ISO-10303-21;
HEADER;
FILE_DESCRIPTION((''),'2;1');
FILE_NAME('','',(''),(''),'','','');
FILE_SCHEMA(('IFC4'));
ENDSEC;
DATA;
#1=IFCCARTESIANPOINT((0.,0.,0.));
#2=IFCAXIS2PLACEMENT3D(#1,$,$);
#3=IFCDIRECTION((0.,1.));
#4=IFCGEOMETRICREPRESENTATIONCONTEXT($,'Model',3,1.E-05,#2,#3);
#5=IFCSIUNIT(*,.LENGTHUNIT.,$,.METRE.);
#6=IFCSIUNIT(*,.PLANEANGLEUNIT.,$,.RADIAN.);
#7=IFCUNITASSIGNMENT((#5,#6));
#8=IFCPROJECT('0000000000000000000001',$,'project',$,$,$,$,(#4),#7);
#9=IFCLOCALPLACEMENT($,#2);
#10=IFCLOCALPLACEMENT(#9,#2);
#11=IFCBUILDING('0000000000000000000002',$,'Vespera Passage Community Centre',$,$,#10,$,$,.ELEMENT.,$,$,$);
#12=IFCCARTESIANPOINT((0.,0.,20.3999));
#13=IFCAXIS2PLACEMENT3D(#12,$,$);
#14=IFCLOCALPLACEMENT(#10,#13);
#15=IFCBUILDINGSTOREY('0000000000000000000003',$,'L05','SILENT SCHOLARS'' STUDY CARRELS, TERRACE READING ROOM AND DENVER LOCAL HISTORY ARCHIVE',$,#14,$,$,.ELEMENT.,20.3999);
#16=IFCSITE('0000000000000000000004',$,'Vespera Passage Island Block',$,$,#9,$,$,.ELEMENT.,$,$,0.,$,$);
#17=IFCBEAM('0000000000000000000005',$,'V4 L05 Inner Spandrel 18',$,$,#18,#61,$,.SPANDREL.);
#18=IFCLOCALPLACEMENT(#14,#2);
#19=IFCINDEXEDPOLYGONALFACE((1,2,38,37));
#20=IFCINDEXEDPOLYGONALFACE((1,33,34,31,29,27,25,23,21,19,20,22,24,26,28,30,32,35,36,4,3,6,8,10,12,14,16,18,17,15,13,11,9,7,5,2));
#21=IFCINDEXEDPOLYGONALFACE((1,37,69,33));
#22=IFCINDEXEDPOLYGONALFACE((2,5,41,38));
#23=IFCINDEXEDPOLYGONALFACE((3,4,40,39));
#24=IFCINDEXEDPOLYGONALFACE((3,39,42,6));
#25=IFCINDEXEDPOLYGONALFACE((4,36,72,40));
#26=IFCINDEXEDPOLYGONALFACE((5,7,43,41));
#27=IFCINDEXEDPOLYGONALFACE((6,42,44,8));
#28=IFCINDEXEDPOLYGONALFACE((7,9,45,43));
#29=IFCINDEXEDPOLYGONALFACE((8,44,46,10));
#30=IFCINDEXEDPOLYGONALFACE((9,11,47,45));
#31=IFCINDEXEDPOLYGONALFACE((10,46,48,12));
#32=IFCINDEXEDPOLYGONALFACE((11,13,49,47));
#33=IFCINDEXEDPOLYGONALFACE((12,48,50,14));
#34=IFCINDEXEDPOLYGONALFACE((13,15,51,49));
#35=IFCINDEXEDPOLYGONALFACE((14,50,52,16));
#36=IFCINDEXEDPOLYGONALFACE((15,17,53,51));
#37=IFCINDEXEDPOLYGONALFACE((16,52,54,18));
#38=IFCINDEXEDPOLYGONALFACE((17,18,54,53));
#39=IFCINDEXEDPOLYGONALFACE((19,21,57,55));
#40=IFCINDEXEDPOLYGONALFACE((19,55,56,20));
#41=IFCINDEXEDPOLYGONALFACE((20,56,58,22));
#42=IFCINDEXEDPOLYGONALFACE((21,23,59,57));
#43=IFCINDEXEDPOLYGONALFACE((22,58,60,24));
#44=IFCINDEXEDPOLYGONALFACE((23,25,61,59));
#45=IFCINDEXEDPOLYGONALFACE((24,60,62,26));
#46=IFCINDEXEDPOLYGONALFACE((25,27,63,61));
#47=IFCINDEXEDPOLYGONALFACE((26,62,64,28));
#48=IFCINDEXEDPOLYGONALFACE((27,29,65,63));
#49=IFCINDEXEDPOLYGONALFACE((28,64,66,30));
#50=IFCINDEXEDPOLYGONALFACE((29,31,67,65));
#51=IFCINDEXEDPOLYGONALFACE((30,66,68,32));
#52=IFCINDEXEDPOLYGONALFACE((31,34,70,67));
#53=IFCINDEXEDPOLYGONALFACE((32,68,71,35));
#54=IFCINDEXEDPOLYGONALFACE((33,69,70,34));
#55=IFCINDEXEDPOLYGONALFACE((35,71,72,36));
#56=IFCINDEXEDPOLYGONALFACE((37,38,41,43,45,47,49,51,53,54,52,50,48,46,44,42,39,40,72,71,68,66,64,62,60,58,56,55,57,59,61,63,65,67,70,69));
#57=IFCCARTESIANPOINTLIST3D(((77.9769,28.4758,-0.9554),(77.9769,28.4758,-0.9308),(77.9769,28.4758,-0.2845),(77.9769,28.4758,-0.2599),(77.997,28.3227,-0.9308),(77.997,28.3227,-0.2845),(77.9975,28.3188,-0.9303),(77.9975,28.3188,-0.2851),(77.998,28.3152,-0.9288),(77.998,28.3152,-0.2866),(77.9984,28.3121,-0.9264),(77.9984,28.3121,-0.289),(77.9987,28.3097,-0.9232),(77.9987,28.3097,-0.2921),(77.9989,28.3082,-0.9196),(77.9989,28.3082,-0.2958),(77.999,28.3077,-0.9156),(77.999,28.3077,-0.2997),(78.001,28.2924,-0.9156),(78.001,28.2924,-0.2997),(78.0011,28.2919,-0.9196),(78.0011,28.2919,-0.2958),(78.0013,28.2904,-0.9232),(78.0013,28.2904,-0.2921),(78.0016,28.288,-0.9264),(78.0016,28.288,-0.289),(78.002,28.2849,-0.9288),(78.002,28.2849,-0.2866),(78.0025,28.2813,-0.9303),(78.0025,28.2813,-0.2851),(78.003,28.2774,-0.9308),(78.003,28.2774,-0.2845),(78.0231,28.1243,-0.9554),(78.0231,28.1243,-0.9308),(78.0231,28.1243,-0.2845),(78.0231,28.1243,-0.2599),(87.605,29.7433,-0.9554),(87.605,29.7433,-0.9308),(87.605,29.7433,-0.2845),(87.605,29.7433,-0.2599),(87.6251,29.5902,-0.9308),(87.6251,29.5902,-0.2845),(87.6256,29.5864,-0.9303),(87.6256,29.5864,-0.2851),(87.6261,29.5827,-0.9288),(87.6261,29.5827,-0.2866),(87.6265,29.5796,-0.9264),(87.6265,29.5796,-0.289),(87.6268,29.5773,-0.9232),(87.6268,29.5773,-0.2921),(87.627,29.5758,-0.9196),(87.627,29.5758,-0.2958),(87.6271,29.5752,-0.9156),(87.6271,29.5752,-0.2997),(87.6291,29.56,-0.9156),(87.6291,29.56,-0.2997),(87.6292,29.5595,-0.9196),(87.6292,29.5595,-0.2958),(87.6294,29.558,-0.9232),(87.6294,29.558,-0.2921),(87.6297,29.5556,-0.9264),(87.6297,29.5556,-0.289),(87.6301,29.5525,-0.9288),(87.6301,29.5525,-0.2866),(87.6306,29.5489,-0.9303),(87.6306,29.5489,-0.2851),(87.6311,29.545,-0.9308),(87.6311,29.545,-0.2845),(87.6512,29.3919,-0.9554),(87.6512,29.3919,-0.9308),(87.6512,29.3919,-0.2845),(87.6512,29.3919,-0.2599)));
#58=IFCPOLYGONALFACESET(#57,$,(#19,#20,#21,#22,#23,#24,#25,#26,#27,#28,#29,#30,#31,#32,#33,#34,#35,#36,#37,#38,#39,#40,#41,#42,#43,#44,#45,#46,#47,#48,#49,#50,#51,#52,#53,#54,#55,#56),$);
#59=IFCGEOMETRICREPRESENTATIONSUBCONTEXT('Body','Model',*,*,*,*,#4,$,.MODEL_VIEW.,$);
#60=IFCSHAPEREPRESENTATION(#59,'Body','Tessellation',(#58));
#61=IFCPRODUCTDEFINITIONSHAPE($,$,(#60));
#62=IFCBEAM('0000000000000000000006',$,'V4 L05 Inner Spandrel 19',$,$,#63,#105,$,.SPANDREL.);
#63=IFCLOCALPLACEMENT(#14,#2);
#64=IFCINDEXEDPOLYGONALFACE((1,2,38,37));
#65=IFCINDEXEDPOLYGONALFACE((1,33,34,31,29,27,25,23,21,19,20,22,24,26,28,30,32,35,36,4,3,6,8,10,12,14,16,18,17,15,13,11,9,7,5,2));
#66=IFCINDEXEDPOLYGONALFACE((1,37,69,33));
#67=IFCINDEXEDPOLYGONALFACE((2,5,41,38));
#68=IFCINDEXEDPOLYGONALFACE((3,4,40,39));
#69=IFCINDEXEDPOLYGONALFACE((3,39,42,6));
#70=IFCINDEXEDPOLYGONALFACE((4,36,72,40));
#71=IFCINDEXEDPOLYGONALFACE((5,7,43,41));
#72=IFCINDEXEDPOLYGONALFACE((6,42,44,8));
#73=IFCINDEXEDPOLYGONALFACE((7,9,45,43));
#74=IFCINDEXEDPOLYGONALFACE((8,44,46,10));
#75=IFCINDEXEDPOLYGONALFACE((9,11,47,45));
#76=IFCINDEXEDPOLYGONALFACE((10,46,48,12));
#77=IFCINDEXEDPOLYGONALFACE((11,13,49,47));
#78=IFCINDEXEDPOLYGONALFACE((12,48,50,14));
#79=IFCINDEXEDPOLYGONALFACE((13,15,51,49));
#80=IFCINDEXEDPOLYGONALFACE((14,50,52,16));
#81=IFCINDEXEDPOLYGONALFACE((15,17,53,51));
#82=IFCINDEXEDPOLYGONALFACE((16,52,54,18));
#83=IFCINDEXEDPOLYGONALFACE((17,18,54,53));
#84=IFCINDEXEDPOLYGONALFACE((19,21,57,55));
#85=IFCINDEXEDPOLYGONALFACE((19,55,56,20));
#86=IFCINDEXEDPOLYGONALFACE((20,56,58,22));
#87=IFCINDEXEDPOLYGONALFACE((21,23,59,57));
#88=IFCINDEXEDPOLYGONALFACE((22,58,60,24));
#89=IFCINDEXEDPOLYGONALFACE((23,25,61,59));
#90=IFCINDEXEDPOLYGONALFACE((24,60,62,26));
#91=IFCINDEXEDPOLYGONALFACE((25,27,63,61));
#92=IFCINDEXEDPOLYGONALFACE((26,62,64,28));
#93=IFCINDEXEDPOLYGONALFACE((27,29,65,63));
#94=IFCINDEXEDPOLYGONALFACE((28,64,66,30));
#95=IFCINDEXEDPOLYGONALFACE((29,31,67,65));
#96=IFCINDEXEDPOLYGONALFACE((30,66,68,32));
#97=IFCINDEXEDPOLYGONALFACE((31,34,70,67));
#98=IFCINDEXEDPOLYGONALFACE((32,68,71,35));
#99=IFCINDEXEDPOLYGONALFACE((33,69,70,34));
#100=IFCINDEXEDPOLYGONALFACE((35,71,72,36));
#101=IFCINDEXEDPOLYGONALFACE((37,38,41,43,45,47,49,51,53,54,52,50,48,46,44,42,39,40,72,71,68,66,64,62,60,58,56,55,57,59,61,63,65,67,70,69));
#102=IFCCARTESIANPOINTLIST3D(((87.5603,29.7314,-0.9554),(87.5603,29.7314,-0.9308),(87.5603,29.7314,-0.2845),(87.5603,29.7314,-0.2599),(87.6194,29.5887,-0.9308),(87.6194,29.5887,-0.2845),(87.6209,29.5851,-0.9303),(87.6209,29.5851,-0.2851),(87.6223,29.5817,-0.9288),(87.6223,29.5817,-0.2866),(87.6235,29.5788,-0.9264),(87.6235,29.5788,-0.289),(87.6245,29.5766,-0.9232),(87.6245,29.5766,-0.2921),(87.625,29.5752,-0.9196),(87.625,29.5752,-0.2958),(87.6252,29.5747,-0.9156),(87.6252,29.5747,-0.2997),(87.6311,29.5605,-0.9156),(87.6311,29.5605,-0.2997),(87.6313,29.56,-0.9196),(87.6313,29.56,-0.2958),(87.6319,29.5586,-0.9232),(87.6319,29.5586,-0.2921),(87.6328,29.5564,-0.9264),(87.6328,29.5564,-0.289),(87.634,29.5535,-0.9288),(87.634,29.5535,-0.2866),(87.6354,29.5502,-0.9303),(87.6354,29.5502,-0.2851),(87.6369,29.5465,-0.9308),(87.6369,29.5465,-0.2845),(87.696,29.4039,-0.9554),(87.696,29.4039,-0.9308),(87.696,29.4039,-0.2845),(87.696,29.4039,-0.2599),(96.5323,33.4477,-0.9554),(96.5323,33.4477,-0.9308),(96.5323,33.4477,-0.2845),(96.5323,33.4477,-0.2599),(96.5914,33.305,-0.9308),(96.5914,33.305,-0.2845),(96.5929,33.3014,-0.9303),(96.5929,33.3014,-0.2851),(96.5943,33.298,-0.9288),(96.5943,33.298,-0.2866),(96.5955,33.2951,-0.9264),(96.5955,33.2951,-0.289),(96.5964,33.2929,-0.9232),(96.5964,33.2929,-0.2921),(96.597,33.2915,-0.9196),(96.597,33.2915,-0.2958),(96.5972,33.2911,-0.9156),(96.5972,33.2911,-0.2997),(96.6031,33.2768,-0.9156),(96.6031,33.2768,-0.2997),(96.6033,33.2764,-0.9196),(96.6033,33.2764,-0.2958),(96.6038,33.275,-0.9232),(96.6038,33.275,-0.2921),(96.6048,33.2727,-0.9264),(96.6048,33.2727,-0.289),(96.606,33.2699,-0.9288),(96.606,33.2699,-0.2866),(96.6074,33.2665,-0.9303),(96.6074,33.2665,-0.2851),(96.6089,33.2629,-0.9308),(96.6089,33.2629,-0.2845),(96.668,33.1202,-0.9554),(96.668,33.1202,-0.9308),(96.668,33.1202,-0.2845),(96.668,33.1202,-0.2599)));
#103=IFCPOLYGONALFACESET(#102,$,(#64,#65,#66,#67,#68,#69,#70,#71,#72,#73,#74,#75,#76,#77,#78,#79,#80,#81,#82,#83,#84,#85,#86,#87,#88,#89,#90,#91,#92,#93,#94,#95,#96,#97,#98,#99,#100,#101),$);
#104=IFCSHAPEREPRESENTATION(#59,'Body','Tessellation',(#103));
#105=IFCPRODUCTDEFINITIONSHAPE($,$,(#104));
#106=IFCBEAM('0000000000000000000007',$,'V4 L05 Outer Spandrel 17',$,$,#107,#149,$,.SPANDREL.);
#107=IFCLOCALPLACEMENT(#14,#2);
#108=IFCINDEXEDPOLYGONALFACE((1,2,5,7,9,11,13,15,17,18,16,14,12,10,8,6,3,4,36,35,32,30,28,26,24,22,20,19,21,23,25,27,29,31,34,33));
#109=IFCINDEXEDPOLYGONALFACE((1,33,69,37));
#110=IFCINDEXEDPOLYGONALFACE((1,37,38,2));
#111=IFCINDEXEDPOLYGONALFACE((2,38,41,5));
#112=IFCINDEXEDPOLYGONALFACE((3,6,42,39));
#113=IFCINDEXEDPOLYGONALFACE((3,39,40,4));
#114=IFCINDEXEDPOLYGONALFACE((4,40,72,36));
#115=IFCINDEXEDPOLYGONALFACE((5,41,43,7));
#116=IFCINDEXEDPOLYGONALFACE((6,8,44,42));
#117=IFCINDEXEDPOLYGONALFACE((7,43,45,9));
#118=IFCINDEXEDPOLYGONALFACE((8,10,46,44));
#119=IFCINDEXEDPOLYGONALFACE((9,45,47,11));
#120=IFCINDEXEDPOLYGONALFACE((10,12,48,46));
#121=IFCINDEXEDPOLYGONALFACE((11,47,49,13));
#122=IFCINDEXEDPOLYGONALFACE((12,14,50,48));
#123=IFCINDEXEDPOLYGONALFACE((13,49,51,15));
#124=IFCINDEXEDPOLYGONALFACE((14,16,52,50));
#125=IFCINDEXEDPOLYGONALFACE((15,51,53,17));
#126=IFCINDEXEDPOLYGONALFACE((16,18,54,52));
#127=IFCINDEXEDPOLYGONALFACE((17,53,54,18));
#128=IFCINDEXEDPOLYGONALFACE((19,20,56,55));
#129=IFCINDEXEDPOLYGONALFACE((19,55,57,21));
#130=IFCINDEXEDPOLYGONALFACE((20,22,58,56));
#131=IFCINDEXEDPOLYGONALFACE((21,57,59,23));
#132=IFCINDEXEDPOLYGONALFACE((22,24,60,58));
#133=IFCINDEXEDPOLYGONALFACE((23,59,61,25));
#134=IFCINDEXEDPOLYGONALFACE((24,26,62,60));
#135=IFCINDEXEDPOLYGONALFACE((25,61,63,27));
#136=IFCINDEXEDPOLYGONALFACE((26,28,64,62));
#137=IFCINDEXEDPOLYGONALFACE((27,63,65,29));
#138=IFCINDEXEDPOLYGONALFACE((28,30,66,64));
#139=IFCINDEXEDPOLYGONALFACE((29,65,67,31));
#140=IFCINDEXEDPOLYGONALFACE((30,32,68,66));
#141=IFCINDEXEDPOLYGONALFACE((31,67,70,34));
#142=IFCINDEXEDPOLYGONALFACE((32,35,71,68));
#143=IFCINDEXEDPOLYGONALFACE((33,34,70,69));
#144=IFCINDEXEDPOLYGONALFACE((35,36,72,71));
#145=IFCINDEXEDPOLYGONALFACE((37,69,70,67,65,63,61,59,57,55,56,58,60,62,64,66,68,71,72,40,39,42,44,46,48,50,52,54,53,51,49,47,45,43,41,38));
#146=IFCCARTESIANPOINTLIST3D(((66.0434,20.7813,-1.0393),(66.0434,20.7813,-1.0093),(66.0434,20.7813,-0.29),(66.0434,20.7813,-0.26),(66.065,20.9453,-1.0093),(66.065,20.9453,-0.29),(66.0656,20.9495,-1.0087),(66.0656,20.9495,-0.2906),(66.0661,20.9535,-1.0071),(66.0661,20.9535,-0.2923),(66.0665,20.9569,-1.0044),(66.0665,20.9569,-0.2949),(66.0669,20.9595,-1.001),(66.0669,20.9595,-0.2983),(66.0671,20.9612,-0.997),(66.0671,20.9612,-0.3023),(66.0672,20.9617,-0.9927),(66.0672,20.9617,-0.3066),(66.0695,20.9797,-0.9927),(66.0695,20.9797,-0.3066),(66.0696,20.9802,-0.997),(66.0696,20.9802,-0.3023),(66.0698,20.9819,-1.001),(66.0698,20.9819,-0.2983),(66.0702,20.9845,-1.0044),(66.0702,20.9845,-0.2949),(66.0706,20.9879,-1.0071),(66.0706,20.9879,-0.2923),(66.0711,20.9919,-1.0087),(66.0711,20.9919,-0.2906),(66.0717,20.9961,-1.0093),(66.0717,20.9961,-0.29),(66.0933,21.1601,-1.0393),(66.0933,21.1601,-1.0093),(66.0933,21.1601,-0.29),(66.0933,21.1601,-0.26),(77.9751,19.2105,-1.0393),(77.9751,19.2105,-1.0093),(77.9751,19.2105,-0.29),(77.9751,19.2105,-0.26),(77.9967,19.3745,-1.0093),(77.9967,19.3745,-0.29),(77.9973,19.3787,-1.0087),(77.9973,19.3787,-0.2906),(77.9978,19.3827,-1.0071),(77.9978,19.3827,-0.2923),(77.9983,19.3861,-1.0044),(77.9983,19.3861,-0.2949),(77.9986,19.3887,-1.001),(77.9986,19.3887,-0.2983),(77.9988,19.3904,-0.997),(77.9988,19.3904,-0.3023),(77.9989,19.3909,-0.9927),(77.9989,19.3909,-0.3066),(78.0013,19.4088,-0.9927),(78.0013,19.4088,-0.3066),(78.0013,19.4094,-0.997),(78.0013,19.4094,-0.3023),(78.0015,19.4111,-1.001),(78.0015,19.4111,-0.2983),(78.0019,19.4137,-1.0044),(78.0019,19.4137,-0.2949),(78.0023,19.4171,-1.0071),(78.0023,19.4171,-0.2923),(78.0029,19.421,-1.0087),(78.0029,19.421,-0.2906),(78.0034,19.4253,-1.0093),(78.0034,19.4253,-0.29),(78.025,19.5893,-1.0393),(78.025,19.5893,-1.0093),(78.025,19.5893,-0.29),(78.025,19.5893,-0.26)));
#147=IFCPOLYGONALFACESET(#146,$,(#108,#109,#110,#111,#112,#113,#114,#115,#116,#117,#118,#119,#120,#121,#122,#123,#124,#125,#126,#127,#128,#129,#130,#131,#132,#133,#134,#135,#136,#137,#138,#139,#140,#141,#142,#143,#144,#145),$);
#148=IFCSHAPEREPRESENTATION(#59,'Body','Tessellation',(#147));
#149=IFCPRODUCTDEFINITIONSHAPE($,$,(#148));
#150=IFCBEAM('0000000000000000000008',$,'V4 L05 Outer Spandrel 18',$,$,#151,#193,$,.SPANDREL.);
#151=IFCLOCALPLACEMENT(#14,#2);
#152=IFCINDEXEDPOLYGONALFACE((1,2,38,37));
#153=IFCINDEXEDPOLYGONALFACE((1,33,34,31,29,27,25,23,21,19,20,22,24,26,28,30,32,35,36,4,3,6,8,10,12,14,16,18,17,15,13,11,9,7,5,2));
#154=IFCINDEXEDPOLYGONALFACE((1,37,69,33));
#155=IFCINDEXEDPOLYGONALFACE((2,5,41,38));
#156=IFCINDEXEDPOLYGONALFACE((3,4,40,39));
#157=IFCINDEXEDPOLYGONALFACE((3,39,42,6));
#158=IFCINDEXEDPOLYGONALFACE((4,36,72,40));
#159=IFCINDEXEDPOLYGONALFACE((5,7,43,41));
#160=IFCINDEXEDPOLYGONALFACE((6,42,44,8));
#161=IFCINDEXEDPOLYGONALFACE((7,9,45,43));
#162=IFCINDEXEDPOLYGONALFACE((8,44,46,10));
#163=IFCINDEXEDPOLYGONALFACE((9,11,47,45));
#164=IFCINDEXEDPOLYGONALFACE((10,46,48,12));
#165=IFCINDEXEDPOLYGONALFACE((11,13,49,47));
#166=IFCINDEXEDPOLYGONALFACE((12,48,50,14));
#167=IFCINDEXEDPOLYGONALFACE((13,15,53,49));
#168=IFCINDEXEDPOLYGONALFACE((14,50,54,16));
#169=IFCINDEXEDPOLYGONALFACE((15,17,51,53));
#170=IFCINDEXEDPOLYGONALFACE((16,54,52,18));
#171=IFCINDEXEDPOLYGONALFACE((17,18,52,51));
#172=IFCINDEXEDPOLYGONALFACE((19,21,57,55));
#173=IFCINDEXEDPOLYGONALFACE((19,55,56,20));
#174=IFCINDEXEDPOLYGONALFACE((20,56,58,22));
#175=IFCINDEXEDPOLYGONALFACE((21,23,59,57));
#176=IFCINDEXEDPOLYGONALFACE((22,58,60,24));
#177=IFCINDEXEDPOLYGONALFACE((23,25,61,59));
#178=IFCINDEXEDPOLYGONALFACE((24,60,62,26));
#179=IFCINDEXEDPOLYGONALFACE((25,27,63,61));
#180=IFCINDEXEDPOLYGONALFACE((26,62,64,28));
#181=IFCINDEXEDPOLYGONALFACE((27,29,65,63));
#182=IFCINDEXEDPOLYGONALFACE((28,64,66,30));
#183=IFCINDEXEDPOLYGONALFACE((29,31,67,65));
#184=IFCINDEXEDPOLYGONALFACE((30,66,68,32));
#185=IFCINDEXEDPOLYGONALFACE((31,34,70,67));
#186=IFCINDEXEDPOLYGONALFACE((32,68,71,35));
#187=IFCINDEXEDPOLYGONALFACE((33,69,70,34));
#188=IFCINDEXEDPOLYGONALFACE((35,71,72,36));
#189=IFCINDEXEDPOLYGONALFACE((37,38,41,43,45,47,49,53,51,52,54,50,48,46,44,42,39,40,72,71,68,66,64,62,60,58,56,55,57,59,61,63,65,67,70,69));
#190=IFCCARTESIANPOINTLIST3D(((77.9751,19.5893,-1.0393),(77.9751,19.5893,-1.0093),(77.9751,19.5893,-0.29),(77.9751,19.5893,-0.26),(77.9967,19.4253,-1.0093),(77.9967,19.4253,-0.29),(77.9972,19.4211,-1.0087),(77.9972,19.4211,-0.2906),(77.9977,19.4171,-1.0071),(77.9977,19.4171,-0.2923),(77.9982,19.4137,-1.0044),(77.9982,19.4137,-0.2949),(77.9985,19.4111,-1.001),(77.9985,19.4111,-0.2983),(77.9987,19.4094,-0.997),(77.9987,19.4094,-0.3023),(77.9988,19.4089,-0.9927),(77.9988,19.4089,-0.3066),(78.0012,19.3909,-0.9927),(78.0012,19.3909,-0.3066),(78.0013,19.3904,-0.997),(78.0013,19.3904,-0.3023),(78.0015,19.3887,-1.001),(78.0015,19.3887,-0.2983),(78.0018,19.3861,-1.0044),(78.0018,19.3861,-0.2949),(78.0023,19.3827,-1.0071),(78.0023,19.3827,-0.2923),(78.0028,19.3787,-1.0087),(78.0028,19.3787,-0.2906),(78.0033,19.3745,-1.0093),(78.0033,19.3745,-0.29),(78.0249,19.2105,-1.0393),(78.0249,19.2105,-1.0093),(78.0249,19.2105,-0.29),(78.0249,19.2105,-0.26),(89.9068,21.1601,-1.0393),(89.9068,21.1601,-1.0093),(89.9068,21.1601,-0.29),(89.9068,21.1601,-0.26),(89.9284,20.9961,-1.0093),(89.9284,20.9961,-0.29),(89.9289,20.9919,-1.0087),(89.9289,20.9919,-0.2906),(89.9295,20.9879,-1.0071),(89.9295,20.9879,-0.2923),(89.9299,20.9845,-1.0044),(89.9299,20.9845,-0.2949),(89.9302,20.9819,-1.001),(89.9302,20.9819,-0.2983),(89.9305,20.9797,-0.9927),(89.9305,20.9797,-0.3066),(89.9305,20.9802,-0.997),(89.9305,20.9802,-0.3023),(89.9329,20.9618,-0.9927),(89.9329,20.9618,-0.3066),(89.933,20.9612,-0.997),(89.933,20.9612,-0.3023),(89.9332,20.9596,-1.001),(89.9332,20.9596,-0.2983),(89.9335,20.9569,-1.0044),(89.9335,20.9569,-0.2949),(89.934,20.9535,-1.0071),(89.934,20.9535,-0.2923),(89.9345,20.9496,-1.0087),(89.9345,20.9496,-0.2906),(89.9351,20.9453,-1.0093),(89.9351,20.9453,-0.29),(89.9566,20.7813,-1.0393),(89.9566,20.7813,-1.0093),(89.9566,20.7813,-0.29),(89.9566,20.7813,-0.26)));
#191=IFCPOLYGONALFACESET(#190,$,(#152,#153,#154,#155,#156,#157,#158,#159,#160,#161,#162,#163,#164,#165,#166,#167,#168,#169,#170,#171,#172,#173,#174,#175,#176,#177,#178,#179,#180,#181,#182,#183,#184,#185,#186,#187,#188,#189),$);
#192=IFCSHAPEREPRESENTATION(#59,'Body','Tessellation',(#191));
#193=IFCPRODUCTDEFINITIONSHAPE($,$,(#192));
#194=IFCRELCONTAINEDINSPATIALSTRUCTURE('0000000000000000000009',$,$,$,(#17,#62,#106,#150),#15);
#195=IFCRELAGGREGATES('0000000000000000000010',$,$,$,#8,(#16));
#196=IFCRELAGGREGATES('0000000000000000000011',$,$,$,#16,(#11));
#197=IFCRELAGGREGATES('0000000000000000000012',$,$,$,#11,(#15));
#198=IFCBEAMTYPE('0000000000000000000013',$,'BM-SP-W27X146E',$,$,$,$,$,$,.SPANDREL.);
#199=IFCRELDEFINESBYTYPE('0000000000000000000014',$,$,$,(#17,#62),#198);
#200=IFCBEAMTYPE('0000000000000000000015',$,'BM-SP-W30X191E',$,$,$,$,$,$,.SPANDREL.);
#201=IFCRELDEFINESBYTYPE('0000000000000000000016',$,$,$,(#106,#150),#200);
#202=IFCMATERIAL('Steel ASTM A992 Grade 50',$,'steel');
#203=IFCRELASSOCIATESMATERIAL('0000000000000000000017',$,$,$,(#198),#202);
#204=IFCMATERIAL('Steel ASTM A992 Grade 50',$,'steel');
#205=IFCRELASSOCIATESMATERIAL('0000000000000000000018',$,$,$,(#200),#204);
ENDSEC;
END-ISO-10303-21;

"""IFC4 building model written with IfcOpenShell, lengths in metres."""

from ifc_helpers import new_model, si_unit, direction, frame, origin, origin_2d, place, context, subcontext, project, spatial, i_section, extrude, material, material_profile, profile_set, type_object, element, save


model = new_model("IFC4")

# Units and contexts
model_context = context("Model", 3, precision=1e-05, world=origin(), true_north=direction((0.0, 1.0)))
body_context = subcontext(model_context, "Body", "Model", "MODEL_VIEW")
ifc_project = project(units=[si_unit("LENGTHUNIT", "METRE"), si_unit("PLANEANGLEUNIT", "RADIAN")], contexts=[model_context])

# Site, building, storey
site_placement = place(None, origin())
site = spatial("IfcSite", under=ifc_project, at=site_placement, Name="Vespera Passage Island Block", CompositionType="ELEMENT", RefElevation=0.0)
building_placement = place(site_placement, origin())
building = spatial("IfcBuilding", under=site, at=building_placement, Name="Vespera Passage Community Centre", CompositionType="ELEMENT")
storey_placement = place(building_placement, frame((0.0, 0.0, 20.3999)))
storey = spatial("IfcBuildingStorey", under=building, at=storey_placement, Name="L05", Description="SILENT SCHOLARS' STUDY CARRELS, TERRACE READING ROOM AND DENVER LOCAL HISTORY ARCHIVE", CompositionType="ELEMENT", Elevation=20.3999)

# Beams
ifc_material_1 = material(Name="Steel ASTM A992 Grade 50", Category="steel")
ifc_material_profile_1 = material_profile(ifc_material_1, i_section(OverallWidth=0.3545, OverallDepth=0.6956, WebThickness=0.0154, FlangeThickness=0.0247, FilletRadius=0.0151, at=origin_2d()), Name="W27X146")
ifc_profile_set_1 = profile_set([ifc_material_profile_1], Name="Steel ASTM A992 Grade 50")
beam_type_1 = type_object("IfcBeamType", Name="BM-SP-W27X146E", PredefinedType="SPANDREL", material=ifc_profile_set_1)
for number, where, z_axis, x_axis, name in (
    (1, (78.0, 28.3, -0.6077), (0.991445, 0.130527, 0.0), (-0.130527, 0.991445, 0.0), "V4 L05 Inner Spandrel 18"),
    (2, (87.6282, 29.5676, -0.6077), (0.923879, 0.382685, 0.0), (-0.382685, 0.923879, 0.0), "V4 L05 Inner Spandrel 19"),
):
    element("IfcBeam", number, at=place(storey_placement, frame(where, z_axis=z_axis, x_axis=x_axis)), inside=storey, type_object=beam_type_1, Name=name, PredefinedType="SPANDREL", context=body_context, shape_type="SweptSolid", body=[
        extrude(i_section(OverallWidth=0.3545, OverallDepth=0.6956, WebThickness=0.0154, FlangeThickness=0.0247, FilletRadius=0.0151, at=origin_2d()), origin(), (0.0, 0.0, 1.0), 9.7112),
    ])
ifc_material_2 = material(Name="Steel ASTM A992 Grade 50", Category="steel")
ifc_material_profile_2 = material_profile(ifc_material_2, i_section(OverallWidth=0.3821, OverallDepth=0.7793, WebThickness=0.0181, FlangeThickness=0.03, FilletRadius=0.0166, at=origin_2d()), Name="W30X191")
ifc_profile_set_2 = profile_set([ifc_material_profile_2], Name="Steel ASTM A992 Grade 50")
beam_type_2 = type_object("IfcBeamType", Name="BM-SP-W30X191E", PredefinedType="SPANDREL", material=ifc_profile_set_2)
for number, where, z_axis, x_axis, name in (
    (3, (66.0684, 20.9707, -0.6497), (0.991445, -0.130524, 0.0), (0.130524, 0.991445, 0.0), "V4 L05 Outer Spandrel 17"),
    (4, (78.0, 19.3999, -0.6497), (0.991445, 0.130524, 0.0), (-0.130524, 0.991445, 0.0), "V4 L05 Outer Spandrel 18"),
):
    element("IfcBeam", number, at=place(storey_placement, frame(where, z_axis=z_axis, x_axis=x_axis)), inside=storey, type_object=beam_type_2, Name=name, PredefinedType="SPANDREL", context=body_context, shape_type="SweptSolid", body=[
        extrude(i_section(OverallWidth=0.3821, OverallDepth=0.7793, WebThickness=0.0181, FlangeThickness=0.03, FilletRadius=0.0166, at=origin_2d()), origin(), (0.0, 0.0, 1.0), 12.0347),
    ])

save(model, "model.ifc")
